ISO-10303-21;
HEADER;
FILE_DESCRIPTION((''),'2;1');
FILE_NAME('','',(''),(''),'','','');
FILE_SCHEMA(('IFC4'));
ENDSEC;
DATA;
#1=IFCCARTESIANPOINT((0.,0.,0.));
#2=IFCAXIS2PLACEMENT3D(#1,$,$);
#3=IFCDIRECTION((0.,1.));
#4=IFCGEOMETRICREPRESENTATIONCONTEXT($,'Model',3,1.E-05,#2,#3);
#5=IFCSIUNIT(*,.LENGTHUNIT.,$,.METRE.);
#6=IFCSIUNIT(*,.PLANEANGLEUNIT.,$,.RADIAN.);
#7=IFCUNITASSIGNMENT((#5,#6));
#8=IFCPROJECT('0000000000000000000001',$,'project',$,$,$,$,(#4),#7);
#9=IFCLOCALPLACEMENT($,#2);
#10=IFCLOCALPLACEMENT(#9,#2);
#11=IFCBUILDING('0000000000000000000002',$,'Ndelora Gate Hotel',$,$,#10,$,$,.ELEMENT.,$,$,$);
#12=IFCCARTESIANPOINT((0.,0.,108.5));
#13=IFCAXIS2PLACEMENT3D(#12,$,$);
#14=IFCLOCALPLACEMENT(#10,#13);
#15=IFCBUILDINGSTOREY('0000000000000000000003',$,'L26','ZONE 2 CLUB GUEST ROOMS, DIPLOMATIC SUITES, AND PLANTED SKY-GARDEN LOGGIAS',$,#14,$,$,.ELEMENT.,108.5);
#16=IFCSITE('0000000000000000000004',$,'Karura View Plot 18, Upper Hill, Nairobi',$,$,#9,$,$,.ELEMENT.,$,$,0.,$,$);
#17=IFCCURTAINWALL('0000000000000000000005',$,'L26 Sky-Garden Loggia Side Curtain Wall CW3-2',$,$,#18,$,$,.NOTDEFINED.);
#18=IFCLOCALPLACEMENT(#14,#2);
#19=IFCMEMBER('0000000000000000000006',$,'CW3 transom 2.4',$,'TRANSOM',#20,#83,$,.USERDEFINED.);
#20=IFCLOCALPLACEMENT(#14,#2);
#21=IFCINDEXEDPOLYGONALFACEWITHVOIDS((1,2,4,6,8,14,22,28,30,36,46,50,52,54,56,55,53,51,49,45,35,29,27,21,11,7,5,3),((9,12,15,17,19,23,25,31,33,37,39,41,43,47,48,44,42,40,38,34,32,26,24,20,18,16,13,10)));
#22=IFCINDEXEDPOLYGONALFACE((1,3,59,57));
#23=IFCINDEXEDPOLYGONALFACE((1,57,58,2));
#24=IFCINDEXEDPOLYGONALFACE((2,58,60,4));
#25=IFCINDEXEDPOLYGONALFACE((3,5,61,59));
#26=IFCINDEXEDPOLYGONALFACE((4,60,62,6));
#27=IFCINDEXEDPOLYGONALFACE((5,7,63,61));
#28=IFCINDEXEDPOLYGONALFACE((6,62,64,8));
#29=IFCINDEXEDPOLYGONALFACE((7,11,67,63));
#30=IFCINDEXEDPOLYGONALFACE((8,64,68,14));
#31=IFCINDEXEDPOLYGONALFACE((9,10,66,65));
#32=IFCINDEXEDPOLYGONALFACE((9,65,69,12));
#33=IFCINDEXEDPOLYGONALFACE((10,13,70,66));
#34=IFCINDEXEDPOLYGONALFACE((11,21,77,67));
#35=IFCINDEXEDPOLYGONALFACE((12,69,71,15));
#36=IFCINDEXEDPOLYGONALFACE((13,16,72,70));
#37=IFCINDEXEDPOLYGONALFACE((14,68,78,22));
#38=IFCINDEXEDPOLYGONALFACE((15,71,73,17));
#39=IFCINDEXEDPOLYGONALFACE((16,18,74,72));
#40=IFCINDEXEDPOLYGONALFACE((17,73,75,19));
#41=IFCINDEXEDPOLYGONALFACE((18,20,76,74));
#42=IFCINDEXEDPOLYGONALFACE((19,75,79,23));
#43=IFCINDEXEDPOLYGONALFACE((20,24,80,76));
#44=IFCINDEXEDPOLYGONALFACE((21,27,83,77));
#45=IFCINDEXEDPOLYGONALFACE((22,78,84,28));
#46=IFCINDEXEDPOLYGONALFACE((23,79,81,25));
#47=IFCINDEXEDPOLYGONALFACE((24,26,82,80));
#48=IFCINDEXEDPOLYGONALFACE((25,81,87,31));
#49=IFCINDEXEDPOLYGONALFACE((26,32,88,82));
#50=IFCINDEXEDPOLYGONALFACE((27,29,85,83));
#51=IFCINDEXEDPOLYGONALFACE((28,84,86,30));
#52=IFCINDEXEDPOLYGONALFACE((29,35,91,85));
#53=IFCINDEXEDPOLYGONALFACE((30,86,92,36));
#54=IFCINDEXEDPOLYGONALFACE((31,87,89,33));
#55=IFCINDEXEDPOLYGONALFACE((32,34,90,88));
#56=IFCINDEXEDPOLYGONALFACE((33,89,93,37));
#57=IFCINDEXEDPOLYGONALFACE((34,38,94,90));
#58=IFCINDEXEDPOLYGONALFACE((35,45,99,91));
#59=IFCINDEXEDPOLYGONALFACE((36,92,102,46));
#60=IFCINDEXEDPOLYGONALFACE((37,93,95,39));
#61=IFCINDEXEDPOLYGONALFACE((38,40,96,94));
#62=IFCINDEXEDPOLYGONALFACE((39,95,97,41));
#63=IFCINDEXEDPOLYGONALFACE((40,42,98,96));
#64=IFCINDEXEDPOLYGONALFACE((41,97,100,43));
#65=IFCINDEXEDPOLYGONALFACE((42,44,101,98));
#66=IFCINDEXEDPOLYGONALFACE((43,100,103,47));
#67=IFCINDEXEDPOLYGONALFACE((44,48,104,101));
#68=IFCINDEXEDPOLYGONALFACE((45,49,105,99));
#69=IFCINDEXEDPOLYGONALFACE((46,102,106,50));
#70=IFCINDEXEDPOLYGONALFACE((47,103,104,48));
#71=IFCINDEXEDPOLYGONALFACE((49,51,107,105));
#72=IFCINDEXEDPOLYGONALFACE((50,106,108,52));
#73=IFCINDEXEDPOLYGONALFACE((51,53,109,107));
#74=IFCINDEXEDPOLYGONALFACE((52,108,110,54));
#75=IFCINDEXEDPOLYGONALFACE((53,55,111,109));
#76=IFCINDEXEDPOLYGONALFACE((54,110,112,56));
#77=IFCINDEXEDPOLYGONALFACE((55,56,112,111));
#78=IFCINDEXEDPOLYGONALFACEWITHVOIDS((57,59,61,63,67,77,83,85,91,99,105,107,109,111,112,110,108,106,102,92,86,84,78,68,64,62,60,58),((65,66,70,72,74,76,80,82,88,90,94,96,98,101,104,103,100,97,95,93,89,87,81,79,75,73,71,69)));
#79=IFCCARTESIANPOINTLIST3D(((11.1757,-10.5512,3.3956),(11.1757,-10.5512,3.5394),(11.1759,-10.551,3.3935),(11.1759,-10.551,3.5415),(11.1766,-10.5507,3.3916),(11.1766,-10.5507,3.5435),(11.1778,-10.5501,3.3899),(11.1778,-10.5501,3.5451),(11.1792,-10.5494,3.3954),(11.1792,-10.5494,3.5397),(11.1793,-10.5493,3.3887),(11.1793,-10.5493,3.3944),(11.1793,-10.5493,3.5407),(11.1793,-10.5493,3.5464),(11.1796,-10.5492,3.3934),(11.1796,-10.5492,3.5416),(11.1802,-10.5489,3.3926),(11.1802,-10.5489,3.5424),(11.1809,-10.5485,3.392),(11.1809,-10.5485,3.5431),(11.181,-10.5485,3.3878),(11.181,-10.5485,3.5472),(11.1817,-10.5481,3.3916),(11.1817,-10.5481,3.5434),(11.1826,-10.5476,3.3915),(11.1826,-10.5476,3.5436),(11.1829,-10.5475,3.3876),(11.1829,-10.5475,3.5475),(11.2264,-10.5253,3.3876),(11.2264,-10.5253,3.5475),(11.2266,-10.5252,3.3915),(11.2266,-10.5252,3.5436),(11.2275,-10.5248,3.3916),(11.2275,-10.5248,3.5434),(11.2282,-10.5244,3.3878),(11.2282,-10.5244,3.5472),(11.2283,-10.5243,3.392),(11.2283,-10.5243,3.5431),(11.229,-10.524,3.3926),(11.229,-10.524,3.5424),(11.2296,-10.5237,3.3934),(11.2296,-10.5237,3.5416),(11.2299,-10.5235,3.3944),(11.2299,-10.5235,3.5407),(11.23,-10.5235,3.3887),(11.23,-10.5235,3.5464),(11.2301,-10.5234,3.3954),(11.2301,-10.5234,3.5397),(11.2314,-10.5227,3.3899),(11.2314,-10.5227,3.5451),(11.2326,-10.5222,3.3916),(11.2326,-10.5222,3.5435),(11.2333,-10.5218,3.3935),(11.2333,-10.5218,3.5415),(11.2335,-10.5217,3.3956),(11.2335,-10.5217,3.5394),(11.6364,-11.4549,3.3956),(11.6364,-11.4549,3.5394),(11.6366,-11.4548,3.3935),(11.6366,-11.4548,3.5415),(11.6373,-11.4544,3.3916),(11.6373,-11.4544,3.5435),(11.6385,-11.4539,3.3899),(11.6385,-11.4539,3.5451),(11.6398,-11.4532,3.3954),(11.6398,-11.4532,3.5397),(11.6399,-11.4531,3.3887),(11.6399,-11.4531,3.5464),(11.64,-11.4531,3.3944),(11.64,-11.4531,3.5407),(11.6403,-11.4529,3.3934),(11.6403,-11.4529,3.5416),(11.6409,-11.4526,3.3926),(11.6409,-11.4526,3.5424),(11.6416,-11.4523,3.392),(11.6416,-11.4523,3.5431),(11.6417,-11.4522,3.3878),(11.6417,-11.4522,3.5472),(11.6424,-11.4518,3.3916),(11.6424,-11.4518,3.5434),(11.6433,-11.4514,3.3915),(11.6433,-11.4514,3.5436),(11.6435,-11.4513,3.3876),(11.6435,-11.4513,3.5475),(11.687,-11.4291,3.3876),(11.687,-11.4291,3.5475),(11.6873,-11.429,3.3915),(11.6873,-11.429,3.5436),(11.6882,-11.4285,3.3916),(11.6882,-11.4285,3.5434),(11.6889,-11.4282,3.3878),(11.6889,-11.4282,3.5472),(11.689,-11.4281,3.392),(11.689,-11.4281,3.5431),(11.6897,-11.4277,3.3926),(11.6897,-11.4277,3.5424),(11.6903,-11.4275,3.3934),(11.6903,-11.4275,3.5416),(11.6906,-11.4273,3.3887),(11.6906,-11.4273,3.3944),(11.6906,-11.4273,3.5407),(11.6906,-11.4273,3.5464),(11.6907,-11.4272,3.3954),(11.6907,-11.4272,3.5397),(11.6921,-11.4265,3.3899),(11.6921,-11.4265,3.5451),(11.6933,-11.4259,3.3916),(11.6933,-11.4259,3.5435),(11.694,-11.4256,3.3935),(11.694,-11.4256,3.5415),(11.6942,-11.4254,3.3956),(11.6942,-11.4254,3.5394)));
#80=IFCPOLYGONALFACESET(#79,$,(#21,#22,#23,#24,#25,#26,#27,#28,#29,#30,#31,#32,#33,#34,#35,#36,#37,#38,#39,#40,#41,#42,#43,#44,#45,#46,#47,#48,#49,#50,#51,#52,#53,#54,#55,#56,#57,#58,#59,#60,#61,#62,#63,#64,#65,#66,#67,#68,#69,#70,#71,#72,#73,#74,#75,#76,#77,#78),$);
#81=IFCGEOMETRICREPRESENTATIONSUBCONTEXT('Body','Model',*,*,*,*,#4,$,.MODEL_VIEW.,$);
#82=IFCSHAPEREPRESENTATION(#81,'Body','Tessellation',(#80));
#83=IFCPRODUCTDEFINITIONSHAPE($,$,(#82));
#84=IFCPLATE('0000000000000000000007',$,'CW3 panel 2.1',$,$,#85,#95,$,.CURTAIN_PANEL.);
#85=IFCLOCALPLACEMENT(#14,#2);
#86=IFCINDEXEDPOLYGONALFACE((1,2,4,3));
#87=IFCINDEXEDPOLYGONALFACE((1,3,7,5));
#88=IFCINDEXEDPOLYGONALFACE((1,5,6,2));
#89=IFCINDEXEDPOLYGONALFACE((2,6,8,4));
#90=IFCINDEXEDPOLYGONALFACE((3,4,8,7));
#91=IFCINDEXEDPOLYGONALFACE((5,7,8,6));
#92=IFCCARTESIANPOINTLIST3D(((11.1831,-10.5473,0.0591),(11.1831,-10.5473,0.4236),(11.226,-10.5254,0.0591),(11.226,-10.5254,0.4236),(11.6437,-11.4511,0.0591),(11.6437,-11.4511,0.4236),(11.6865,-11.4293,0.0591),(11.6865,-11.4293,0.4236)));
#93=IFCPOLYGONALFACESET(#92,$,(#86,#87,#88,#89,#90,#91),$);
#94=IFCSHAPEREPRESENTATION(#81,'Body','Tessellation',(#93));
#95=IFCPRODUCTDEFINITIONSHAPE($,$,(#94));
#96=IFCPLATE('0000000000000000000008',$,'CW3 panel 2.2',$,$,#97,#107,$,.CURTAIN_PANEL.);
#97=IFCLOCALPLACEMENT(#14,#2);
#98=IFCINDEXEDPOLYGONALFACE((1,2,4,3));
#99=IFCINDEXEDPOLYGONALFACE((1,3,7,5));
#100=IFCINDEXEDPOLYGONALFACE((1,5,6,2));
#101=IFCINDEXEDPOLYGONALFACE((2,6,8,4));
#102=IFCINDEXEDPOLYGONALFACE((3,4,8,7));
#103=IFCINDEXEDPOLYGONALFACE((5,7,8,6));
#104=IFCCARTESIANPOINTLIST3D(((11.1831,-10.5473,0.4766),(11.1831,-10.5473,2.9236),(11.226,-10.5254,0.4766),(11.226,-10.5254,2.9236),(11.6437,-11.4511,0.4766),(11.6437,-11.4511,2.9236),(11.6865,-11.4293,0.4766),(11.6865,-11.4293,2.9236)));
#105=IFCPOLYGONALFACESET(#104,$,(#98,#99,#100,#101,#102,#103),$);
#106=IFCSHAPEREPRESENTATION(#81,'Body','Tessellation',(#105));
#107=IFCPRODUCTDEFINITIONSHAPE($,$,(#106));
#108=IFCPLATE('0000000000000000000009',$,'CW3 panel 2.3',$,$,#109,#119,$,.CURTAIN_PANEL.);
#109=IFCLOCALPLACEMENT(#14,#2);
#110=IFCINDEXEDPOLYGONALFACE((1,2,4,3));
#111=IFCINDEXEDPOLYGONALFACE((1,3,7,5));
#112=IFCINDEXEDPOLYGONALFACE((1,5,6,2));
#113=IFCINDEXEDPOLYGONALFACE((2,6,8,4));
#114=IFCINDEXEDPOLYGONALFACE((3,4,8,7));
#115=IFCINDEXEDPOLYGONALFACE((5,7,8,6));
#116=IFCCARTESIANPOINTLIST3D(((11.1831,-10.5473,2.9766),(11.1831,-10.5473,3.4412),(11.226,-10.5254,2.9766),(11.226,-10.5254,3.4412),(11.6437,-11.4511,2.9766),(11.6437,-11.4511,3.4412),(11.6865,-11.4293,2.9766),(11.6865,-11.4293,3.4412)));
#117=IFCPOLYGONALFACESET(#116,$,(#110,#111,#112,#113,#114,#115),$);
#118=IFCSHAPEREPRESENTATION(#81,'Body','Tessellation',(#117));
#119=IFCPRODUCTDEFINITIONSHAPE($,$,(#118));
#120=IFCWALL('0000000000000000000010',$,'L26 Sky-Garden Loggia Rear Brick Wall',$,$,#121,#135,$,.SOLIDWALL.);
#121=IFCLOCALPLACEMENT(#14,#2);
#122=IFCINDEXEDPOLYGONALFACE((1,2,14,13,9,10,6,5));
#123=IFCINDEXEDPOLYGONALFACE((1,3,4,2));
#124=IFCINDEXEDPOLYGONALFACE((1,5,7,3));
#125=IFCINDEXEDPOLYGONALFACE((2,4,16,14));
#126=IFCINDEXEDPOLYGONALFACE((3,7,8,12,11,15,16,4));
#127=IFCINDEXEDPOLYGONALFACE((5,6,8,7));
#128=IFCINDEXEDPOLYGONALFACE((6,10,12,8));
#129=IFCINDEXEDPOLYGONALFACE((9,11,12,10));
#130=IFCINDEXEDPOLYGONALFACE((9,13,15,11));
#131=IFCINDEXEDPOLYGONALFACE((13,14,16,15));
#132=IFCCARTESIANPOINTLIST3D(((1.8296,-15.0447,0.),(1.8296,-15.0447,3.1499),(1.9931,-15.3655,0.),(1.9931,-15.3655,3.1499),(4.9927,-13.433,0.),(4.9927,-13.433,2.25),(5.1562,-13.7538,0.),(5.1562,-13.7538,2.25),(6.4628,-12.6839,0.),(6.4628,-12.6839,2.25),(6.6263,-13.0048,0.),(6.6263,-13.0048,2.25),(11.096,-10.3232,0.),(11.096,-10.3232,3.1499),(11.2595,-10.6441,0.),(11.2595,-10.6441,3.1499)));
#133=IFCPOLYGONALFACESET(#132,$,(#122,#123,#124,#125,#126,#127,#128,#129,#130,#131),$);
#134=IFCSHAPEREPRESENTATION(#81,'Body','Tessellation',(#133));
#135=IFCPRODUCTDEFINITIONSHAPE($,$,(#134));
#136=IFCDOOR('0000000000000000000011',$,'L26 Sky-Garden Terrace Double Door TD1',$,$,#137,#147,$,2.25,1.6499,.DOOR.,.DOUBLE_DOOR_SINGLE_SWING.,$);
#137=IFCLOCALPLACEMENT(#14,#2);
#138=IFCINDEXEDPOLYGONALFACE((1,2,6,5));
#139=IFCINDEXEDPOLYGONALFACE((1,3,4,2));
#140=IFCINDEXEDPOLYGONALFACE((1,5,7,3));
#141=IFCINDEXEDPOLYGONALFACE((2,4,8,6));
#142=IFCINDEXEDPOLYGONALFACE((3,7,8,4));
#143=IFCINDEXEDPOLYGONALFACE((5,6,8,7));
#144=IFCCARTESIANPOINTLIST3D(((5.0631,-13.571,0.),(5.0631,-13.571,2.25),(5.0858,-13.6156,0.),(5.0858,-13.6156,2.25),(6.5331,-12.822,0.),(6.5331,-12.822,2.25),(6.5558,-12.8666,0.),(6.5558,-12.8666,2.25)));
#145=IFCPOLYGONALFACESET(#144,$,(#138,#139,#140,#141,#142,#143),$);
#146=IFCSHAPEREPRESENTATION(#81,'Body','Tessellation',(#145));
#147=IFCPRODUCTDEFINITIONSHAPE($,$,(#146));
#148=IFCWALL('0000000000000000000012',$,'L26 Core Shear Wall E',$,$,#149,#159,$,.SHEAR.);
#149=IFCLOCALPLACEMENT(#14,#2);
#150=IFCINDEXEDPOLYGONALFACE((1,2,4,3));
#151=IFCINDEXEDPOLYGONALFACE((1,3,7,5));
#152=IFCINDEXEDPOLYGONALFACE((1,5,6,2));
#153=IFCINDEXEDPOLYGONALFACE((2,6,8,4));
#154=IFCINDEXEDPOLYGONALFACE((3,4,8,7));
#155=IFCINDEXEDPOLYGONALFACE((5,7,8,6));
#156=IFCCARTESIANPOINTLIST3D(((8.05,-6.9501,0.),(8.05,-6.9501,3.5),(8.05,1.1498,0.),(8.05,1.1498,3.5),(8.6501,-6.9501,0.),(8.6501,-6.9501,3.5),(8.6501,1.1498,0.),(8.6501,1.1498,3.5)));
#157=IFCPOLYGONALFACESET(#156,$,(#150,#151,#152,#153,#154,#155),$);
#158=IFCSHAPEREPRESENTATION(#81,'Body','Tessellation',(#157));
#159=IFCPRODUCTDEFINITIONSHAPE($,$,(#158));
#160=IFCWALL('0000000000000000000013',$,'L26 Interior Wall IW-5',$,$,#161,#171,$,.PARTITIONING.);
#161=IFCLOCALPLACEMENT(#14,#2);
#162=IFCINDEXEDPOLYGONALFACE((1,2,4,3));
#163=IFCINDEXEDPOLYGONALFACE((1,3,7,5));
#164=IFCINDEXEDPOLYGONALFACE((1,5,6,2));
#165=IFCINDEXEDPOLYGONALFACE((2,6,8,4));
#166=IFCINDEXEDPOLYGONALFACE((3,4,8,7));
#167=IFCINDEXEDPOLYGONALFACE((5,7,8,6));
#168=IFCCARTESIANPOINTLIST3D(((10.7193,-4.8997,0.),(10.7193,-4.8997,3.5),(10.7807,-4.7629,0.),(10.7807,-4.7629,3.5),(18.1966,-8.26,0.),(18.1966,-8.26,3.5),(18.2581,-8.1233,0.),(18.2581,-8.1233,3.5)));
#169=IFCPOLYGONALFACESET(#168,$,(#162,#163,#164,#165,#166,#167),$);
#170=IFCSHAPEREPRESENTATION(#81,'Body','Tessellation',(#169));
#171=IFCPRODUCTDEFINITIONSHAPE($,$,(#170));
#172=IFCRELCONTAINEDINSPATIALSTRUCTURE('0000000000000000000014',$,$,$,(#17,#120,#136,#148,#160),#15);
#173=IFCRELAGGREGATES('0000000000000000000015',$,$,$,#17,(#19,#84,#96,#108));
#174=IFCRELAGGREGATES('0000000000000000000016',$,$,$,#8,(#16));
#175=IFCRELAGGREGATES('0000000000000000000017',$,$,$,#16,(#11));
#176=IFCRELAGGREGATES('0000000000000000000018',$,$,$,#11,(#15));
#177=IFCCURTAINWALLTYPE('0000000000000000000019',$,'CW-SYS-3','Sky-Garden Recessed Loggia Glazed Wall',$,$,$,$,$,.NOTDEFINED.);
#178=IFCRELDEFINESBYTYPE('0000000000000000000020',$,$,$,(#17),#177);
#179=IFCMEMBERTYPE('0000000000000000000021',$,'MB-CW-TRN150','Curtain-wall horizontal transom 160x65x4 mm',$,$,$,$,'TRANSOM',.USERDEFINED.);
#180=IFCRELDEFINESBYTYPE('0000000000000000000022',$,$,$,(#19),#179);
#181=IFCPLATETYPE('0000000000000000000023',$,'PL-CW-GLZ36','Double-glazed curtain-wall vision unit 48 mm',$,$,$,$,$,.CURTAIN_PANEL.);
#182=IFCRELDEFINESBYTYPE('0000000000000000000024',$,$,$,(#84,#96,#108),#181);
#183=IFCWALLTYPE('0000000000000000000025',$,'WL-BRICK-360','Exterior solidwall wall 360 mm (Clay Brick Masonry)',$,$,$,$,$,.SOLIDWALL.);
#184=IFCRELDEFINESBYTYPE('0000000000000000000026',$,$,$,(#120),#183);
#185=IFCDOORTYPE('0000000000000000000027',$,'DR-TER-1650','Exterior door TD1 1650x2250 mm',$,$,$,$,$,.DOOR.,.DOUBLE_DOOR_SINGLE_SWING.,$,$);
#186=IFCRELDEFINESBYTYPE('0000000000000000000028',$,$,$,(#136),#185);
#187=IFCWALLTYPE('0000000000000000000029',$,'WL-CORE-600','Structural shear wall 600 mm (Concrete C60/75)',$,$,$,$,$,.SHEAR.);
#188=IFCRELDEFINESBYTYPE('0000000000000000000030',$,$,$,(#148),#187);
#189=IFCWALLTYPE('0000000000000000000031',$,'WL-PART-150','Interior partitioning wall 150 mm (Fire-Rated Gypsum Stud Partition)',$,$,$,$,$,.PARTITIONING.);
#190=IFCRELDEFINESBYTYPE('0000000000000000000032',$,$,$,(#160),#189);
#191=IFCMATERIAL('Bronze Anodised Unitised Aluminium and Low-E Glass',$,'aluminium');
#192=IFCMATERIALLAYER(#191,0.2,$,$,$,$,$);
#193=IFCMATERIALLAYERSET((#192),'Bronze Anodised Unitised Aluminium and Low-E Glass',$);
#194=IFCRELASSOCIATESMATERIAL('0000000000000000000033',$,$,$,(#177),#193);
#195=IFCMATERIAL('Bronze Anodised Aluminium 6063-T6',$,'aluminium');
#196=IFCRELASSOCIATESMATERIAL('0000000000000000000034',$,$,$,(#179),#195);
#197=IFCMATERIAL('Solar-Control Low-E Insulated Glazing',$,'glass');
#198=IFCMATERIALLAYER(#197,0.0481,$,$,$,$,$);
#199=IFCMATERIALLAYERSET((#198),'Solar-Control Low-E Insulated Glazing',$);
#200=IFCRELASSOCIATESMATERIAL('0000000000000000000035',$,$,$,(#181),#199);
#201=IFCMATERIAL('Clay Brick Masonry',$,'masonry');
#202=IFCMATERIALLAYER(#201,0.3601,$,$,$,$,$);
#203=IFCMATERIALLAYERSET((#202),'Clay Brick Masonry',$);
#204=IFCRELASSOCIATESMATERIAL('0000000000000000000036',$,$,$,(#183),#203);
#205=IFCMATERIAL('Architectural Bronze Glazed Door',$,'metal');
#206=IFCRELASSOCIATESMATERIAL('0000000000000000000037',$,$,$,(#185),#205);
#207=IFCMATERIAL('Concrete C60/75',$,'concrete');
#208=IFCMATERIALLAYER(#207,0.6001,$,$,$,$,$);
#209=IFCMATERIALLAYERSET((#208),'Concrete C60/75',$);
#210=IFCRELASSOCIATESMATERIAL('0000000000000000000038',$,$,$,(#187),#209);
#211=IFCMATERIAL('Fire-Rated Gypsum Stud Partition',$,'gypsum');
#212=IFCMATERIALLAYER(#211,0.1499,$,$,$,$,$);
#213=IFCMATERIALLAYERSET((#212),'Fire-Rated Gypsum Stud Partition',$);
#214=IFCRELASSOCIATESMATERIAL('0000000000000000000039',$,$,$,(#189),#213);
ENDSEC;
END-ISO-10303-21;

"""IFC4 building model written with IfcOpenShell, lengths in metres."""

from ifc_helpers import new_model, si_unit, direction, frame, frame_2d, origin, origin_2d, place, context, subcontext, project, spatial, rectangle, hollow_rectangle, extrude, material, layer, layer_set, material_profile, profile_set, type_object, element, fill, aggregate, save


model = new_model("IFC4")

# Units and contexts
model_context = context("Model", 3, precision=1e-05, world=origin(), true_north=direction((0.0, 1.0)))
body_context = subcontext(model_context, "Body", "Model", "MODEL_VIEW")
ifc_project = project(units=[si_unit("LENGTHUNIT", "METRE"), si_unit("PLANEANGLEUNIT", "RADIAN")], contexts=[model_context])

# Site, building, storey
site_placement = place(None, origin())
site = spatial("IfcSite", under=ifc_project, at=site_placement, Name="Karura View Plot 18, Upper Hill, Nairobi", CompositionType="ELEMENT", RefElevation=0.0)
building_placement = place(site_placement, origin())
building = spatial("IfcBuilding", under=site, at=building_placement, Name="Ndelora Gate Hotel", CompositionType="ELEMENT")
storey_placement = place(building_placement, frame((0.0, 0.0, 108.5)))
storey = spatial("IfcBuildingStorey", under=building, at=storey_placement, Name="L26", Description="ZONE 2 CLUB GUEST ROOMS, DIPLOMATIC SUITES, AND PLANTED SKY-GARDEN LOGGIAS", CompositionType="ELEMENT", Elevation=108.5)

# Shared definitions
ifc_material_1 = material(Name="Concrete C60/75", Category="concrete")

# Curtain wall, member, plates
ifc_material_2 = material(Name="Bronze Anodised Unitised Aluminium and Low-E Glass", Category="aluminium")
ifc_layer_1 = layer(ifc_material_2, 0.2)
ifc_layer_set_1 = layer_set([ifc_layer_1], Name="Bronze Anodised Unitised Aluminium and Low-E Glass")
curtain_wall_type = type_object("IfcCurtainWallType", Name="CW-SYS-3", Description="Sky-Garden Recessed Loggia Glazed Wall", PredefinedType="NOTDEFINED", material=ifc_layer_set_1)
curtain_wall_placement = place(storey_placement, origin())
curtain_wall = element("IfcCurtainWall", 1, at=curtain_wall_placement, inside=storey, type_object=curtain_wall_type, Name="L26 Sky-Garden Loggia Side Curtain Wall CW3-2", PredefinedType="NOTDEFINED")
ifc_material_3 = material(Name="Bronze Anodised Aluminium 6063-T6", Category="aluminium")
ifc_material_profile_1 = material_profile(ifc_material_3, hollow_rectangle(XDim=0.0649, YDim=0.1599, WallThickness=0.0039, InnerFilletRadius=0.0039, OuterFilletRadius=0.0081, at=origin_2d()), Name="ALU 160x65x4")
ifc_profile_set_1 = profile_set([ifc_material_profile_1], Name="Bronze Anodised Aluminium 6063-T6")
member_type_1 = type_object("IfcMemberType", Name="MB-CW-TRN150", Description="Curtain-wall horizontal transom 160x65x4 mm", ElementType="TRANSOM", PredefinedType="USERDEFINED", material=ifc_profile_set_1)
member_1_placement = place(storey_placement, frame((11.6653, -11.4402, 3.4675), z_axis=(-0.454131, 0.890935, 0.0), x_axis=(-0.890935, -0.454131, 0.0)))
member_1 = element("IfcMember", 2, at=member_1_placement, type_object=member_type_1, Name="CW3 transom 2.4", ObjectType="TRANSOM", PredefinedType="USERDEFINED", context=body_context, shape_type="SweptSolid", body=[
    extrude(hollow_rectangle(XDim=0.0649, YDim=0.1599, WallThickness=0.0039, InnerFilletRadius=0.0039, OuterFilletRadius=0.0081, at=origin_2d()), origin(), (0.0, 0.0, 1.0), 1.0144),
])
ifc_material_4 = material(Name="Solar-Control Low-E Insulated Glazing", Category="glass")
ifc_layer_2 = layer(ifc_material_4, 0.0481)
ifc_layer_set_2 = layer_set([ifc_layer_2], Name="Solar-Control Low-E Insulated Glazing")
plate_type = type_object("IfcPlateType", Name="PL-CW-GLZ36", Description="Double-glazed curtain-wall vision unit 48 mm", PredefinedType="CURTAIN_PANEL", material=ifc_layer_set_2)
plate_1_placement = place(storey_placement, frame((11.4348, -10.9883, 0.0591), z_axis=(0.0, 0.0, 1.0), x_axis=(-0.454001, 0.891001, 0.0)))
plate_1 = element("IfcPlate", 3, at=plate_1_placement, type_object=plate_type, Name="CW3 panel 2.1", PredefinedType="CURTAIN_PANEL", context=body_context, shape_type="SweptSolid", body=[
    extrude(rectangle(XDim=1.0144, YDim=0.0481, at=origin_2d()), origin(), (0.0, 0.0, 1.0), 0.3645),
])
plate_2_placement = place(storey_placement, frame((11.4348, -10.9883, 0.4766), z_axis=(0.0, 0.0, 1.0), x_axis=(-0.454001, 0.891001, 0.0)))
plate_2 = element("IfcPlate", 4, at=plate_2_placement, type_object=plate_type, Name="CW3 panel 2.2", PredefinedType="CURTAIN_PANEL", context=body_context, shape_type="SweptSolid", body=[
    extrude(rectangle(XDim=1.0144, YDim=0.0481, at=origin_2d()), origin(), (0.0, 0.0, 1.0), 2.447),
])
plate_3_placement = place(storey_placement, frame((11.4348, -10.9883, 2.9766), z_axis=(0.0, 0.0, 1.0), x_axis=(-0.454001, 0.891001, 0.0)))
plate_3 = element("IfcPlate", 5, at=plate_3_placement, type_object=plate_type, Name="CW3 panel 2.3", PredefinedType="CURTAIN_PANEL", context=body_context, shape_type="SweptSolid", body=[
    extrude(rectangle(XDim=1.0144, YDim=0.0481, at=origin_2d()), origin(), (0.0, 0.0, 1.0), 0.4646),
])
aggregate(curtain_wall, [member_1, plate_1, plate_2, plate_3])

# Wall, opening, door
ifc_material_5 = material(Name="Clay Brick Masonry", Category="masonry")
ifc_layer_3 = layer(ifc_material_5, 0.3601)
ifc_layer_set_3 = layer_set([ifc_layer_3], Name="Clay Brick Masonry")
wall_type_1 = type_object("IfcWallType", Name="WL-BRICK-360", Description="Exterior solidwall wall 360 mm (Clay Brick Masonry)", PredefinedType="SOLIDWALL", material=ifc_layer_set_3)
wall_1_placement = place(storey_placement, frame((11.1777, -10.4836, 0.0), z_axis=(0.0, 0.0, 1.0), x_axis=(-0.891007, -0.45399, 0.0)))
wall_1 = element("IfcWall", 6, at=wall_1_placement, inside=storey, type_object=wall_type_1, Name="L26 Sky-Garden Loggia Rear Brick Wall", PredefinedType="SOLIDWALL", context=body_context, shape_type="SweptSolid", body=[
    extrude(rectangle(XDim=10.3999, YDim=0.3601, at=frame_2d((5.2, 0.0))), origin(), (0.0, 0.0, 1.0), 3.1499),
])
opening_1_placement = place(wall_1_placement, frame((5.2, 0.0, 0.0)))
opening_1 = element("IfcOpeningElement", 7, at=opening_1_placement, cuts=wall_1, PredefinedType="OPENING", context=body_context, shape_type="SweptSolid", body=[
    extrude(rectangle(XDim=1.6499, YDim=2.25, at=frame_2d((0.825, 1.125))), frame((0.0, 0.1899, 0.0), z_axis=(0.0, -1.0, 0.0), x_axis=(1.0, 0.0, 0.0)), (0.0, 0.0, 1.0), 0.3801),
])
ifc_material_6 = material(Name="Architectural Bronze Glazed Door", Category="metal")
door_type_1 = type_object("IfcDoorType", Name="DR-TER-1650", Description="Exterior door TD1 1650x2250 mm", OperationType="DOUBLE_DOOR_SINGLE_SWING", PredefinedType="DOOR", material=ifc_material_6)
door_1_placement = place(opening_1_placement, origin())
door_1 = element("IfcDoor", 8, at=door_1_placement, inside=storey, type_object=door_type_1, Name="L26 Sky-Garden Terrace Double Door TD1", OperationType="DOUBLE_DOOR_SINGLE_SWING", OverallHeight=2.25, OverallWidth=1.6499, PredefinedType="DOOR", context=body_context, shape_type="SweptSolid", body=[
    extrude(rectangle(XDim=1.6499, YDim=2.25, at=frame_2d((0.825, 1.125))), frame((0.0, 0.0249, 0.0), z_axis=(0.0, -1.0, 0.0), x_axis=(1.0, 0.0, 0.0)), (0.0, 0.0, 1.0), 0.05),
])
fill(opening_1, door_1)

# Wall
ifc_layer_4 = layer(ifc_material_1, 0.6001)
ifc_layer_set_4 = layer_set([ifc_layer_4], Name="Concrete C60/75")
wall_type_2 = type_object("IfcWallType", Name="WL-CORE-600", Description="Structural shear wall 600 mm (Concrete C60/75)", PredefinedType="SHEAR", material=ifc_layer_set_4)
wall_2_placement = place(storey_placement, frame((8.3501, -6.95, 0.0), z_axis=(0.0, 0.0, 1.0), x_axis=(0.0, 1.0, 0.0)))
element("IfcWall", 9, at=wall_2_placement, inside=storey, type_object=wall_type_2, Name="L26 Core Shear Wall E", PredefinedType="SHEAR", context=body_context, shape_type="SweptSolid", body=[
    extrude(rectangle(XDim=8.0999, YDim=0.6001, at=frame_2d((4.0498, 0.0))), origin(), (0.0, 0.0, 1.0), 3.5),
])

# Shared definitions
ifc_material_7 = material(Name="Fire-Rated Gypsum Stud Partition", Category="gypsum")
ifc_layer_5 = layer(ifc_material_7, 0.1499)
ifc_layer_set_5 = layer_set([ifc_layer_5], Name="Fire-Rated Gypsum Stud Partition")
wall_type_3 = type_object("IfcWallType", Name="WL-PART-150", Description="Interior partitioning wall 150 mm (Fire-Rated Gypsum Stud Partition)", PredefinedType="PARTITIONING", material=ifc_layer_set_5)

# Wall
wall_3_placement = place(storey_placement, frame((10.75, -4.8313, 0.0), z_axis=(0.0, 0.0, 1.0), x_axis=(0.912124, -0.409915, 0.0)))
element("IfcWall", 10, at=wall_3_placement, inside=storey, type_object=wall_type_3, Name="L26 Interior Wall IW-5", PredefinedType="PARTITIONING", context=body_context, shape_type="SweptSolid", body=[
    extrude(rectangle(XDim=8.1978, YDim=0.1499, at=frame_2d((4.0989, 0.0))), origin(), (0.0, 0.0, 1.0), 3.5),
])

save(model, "model.ifc")
